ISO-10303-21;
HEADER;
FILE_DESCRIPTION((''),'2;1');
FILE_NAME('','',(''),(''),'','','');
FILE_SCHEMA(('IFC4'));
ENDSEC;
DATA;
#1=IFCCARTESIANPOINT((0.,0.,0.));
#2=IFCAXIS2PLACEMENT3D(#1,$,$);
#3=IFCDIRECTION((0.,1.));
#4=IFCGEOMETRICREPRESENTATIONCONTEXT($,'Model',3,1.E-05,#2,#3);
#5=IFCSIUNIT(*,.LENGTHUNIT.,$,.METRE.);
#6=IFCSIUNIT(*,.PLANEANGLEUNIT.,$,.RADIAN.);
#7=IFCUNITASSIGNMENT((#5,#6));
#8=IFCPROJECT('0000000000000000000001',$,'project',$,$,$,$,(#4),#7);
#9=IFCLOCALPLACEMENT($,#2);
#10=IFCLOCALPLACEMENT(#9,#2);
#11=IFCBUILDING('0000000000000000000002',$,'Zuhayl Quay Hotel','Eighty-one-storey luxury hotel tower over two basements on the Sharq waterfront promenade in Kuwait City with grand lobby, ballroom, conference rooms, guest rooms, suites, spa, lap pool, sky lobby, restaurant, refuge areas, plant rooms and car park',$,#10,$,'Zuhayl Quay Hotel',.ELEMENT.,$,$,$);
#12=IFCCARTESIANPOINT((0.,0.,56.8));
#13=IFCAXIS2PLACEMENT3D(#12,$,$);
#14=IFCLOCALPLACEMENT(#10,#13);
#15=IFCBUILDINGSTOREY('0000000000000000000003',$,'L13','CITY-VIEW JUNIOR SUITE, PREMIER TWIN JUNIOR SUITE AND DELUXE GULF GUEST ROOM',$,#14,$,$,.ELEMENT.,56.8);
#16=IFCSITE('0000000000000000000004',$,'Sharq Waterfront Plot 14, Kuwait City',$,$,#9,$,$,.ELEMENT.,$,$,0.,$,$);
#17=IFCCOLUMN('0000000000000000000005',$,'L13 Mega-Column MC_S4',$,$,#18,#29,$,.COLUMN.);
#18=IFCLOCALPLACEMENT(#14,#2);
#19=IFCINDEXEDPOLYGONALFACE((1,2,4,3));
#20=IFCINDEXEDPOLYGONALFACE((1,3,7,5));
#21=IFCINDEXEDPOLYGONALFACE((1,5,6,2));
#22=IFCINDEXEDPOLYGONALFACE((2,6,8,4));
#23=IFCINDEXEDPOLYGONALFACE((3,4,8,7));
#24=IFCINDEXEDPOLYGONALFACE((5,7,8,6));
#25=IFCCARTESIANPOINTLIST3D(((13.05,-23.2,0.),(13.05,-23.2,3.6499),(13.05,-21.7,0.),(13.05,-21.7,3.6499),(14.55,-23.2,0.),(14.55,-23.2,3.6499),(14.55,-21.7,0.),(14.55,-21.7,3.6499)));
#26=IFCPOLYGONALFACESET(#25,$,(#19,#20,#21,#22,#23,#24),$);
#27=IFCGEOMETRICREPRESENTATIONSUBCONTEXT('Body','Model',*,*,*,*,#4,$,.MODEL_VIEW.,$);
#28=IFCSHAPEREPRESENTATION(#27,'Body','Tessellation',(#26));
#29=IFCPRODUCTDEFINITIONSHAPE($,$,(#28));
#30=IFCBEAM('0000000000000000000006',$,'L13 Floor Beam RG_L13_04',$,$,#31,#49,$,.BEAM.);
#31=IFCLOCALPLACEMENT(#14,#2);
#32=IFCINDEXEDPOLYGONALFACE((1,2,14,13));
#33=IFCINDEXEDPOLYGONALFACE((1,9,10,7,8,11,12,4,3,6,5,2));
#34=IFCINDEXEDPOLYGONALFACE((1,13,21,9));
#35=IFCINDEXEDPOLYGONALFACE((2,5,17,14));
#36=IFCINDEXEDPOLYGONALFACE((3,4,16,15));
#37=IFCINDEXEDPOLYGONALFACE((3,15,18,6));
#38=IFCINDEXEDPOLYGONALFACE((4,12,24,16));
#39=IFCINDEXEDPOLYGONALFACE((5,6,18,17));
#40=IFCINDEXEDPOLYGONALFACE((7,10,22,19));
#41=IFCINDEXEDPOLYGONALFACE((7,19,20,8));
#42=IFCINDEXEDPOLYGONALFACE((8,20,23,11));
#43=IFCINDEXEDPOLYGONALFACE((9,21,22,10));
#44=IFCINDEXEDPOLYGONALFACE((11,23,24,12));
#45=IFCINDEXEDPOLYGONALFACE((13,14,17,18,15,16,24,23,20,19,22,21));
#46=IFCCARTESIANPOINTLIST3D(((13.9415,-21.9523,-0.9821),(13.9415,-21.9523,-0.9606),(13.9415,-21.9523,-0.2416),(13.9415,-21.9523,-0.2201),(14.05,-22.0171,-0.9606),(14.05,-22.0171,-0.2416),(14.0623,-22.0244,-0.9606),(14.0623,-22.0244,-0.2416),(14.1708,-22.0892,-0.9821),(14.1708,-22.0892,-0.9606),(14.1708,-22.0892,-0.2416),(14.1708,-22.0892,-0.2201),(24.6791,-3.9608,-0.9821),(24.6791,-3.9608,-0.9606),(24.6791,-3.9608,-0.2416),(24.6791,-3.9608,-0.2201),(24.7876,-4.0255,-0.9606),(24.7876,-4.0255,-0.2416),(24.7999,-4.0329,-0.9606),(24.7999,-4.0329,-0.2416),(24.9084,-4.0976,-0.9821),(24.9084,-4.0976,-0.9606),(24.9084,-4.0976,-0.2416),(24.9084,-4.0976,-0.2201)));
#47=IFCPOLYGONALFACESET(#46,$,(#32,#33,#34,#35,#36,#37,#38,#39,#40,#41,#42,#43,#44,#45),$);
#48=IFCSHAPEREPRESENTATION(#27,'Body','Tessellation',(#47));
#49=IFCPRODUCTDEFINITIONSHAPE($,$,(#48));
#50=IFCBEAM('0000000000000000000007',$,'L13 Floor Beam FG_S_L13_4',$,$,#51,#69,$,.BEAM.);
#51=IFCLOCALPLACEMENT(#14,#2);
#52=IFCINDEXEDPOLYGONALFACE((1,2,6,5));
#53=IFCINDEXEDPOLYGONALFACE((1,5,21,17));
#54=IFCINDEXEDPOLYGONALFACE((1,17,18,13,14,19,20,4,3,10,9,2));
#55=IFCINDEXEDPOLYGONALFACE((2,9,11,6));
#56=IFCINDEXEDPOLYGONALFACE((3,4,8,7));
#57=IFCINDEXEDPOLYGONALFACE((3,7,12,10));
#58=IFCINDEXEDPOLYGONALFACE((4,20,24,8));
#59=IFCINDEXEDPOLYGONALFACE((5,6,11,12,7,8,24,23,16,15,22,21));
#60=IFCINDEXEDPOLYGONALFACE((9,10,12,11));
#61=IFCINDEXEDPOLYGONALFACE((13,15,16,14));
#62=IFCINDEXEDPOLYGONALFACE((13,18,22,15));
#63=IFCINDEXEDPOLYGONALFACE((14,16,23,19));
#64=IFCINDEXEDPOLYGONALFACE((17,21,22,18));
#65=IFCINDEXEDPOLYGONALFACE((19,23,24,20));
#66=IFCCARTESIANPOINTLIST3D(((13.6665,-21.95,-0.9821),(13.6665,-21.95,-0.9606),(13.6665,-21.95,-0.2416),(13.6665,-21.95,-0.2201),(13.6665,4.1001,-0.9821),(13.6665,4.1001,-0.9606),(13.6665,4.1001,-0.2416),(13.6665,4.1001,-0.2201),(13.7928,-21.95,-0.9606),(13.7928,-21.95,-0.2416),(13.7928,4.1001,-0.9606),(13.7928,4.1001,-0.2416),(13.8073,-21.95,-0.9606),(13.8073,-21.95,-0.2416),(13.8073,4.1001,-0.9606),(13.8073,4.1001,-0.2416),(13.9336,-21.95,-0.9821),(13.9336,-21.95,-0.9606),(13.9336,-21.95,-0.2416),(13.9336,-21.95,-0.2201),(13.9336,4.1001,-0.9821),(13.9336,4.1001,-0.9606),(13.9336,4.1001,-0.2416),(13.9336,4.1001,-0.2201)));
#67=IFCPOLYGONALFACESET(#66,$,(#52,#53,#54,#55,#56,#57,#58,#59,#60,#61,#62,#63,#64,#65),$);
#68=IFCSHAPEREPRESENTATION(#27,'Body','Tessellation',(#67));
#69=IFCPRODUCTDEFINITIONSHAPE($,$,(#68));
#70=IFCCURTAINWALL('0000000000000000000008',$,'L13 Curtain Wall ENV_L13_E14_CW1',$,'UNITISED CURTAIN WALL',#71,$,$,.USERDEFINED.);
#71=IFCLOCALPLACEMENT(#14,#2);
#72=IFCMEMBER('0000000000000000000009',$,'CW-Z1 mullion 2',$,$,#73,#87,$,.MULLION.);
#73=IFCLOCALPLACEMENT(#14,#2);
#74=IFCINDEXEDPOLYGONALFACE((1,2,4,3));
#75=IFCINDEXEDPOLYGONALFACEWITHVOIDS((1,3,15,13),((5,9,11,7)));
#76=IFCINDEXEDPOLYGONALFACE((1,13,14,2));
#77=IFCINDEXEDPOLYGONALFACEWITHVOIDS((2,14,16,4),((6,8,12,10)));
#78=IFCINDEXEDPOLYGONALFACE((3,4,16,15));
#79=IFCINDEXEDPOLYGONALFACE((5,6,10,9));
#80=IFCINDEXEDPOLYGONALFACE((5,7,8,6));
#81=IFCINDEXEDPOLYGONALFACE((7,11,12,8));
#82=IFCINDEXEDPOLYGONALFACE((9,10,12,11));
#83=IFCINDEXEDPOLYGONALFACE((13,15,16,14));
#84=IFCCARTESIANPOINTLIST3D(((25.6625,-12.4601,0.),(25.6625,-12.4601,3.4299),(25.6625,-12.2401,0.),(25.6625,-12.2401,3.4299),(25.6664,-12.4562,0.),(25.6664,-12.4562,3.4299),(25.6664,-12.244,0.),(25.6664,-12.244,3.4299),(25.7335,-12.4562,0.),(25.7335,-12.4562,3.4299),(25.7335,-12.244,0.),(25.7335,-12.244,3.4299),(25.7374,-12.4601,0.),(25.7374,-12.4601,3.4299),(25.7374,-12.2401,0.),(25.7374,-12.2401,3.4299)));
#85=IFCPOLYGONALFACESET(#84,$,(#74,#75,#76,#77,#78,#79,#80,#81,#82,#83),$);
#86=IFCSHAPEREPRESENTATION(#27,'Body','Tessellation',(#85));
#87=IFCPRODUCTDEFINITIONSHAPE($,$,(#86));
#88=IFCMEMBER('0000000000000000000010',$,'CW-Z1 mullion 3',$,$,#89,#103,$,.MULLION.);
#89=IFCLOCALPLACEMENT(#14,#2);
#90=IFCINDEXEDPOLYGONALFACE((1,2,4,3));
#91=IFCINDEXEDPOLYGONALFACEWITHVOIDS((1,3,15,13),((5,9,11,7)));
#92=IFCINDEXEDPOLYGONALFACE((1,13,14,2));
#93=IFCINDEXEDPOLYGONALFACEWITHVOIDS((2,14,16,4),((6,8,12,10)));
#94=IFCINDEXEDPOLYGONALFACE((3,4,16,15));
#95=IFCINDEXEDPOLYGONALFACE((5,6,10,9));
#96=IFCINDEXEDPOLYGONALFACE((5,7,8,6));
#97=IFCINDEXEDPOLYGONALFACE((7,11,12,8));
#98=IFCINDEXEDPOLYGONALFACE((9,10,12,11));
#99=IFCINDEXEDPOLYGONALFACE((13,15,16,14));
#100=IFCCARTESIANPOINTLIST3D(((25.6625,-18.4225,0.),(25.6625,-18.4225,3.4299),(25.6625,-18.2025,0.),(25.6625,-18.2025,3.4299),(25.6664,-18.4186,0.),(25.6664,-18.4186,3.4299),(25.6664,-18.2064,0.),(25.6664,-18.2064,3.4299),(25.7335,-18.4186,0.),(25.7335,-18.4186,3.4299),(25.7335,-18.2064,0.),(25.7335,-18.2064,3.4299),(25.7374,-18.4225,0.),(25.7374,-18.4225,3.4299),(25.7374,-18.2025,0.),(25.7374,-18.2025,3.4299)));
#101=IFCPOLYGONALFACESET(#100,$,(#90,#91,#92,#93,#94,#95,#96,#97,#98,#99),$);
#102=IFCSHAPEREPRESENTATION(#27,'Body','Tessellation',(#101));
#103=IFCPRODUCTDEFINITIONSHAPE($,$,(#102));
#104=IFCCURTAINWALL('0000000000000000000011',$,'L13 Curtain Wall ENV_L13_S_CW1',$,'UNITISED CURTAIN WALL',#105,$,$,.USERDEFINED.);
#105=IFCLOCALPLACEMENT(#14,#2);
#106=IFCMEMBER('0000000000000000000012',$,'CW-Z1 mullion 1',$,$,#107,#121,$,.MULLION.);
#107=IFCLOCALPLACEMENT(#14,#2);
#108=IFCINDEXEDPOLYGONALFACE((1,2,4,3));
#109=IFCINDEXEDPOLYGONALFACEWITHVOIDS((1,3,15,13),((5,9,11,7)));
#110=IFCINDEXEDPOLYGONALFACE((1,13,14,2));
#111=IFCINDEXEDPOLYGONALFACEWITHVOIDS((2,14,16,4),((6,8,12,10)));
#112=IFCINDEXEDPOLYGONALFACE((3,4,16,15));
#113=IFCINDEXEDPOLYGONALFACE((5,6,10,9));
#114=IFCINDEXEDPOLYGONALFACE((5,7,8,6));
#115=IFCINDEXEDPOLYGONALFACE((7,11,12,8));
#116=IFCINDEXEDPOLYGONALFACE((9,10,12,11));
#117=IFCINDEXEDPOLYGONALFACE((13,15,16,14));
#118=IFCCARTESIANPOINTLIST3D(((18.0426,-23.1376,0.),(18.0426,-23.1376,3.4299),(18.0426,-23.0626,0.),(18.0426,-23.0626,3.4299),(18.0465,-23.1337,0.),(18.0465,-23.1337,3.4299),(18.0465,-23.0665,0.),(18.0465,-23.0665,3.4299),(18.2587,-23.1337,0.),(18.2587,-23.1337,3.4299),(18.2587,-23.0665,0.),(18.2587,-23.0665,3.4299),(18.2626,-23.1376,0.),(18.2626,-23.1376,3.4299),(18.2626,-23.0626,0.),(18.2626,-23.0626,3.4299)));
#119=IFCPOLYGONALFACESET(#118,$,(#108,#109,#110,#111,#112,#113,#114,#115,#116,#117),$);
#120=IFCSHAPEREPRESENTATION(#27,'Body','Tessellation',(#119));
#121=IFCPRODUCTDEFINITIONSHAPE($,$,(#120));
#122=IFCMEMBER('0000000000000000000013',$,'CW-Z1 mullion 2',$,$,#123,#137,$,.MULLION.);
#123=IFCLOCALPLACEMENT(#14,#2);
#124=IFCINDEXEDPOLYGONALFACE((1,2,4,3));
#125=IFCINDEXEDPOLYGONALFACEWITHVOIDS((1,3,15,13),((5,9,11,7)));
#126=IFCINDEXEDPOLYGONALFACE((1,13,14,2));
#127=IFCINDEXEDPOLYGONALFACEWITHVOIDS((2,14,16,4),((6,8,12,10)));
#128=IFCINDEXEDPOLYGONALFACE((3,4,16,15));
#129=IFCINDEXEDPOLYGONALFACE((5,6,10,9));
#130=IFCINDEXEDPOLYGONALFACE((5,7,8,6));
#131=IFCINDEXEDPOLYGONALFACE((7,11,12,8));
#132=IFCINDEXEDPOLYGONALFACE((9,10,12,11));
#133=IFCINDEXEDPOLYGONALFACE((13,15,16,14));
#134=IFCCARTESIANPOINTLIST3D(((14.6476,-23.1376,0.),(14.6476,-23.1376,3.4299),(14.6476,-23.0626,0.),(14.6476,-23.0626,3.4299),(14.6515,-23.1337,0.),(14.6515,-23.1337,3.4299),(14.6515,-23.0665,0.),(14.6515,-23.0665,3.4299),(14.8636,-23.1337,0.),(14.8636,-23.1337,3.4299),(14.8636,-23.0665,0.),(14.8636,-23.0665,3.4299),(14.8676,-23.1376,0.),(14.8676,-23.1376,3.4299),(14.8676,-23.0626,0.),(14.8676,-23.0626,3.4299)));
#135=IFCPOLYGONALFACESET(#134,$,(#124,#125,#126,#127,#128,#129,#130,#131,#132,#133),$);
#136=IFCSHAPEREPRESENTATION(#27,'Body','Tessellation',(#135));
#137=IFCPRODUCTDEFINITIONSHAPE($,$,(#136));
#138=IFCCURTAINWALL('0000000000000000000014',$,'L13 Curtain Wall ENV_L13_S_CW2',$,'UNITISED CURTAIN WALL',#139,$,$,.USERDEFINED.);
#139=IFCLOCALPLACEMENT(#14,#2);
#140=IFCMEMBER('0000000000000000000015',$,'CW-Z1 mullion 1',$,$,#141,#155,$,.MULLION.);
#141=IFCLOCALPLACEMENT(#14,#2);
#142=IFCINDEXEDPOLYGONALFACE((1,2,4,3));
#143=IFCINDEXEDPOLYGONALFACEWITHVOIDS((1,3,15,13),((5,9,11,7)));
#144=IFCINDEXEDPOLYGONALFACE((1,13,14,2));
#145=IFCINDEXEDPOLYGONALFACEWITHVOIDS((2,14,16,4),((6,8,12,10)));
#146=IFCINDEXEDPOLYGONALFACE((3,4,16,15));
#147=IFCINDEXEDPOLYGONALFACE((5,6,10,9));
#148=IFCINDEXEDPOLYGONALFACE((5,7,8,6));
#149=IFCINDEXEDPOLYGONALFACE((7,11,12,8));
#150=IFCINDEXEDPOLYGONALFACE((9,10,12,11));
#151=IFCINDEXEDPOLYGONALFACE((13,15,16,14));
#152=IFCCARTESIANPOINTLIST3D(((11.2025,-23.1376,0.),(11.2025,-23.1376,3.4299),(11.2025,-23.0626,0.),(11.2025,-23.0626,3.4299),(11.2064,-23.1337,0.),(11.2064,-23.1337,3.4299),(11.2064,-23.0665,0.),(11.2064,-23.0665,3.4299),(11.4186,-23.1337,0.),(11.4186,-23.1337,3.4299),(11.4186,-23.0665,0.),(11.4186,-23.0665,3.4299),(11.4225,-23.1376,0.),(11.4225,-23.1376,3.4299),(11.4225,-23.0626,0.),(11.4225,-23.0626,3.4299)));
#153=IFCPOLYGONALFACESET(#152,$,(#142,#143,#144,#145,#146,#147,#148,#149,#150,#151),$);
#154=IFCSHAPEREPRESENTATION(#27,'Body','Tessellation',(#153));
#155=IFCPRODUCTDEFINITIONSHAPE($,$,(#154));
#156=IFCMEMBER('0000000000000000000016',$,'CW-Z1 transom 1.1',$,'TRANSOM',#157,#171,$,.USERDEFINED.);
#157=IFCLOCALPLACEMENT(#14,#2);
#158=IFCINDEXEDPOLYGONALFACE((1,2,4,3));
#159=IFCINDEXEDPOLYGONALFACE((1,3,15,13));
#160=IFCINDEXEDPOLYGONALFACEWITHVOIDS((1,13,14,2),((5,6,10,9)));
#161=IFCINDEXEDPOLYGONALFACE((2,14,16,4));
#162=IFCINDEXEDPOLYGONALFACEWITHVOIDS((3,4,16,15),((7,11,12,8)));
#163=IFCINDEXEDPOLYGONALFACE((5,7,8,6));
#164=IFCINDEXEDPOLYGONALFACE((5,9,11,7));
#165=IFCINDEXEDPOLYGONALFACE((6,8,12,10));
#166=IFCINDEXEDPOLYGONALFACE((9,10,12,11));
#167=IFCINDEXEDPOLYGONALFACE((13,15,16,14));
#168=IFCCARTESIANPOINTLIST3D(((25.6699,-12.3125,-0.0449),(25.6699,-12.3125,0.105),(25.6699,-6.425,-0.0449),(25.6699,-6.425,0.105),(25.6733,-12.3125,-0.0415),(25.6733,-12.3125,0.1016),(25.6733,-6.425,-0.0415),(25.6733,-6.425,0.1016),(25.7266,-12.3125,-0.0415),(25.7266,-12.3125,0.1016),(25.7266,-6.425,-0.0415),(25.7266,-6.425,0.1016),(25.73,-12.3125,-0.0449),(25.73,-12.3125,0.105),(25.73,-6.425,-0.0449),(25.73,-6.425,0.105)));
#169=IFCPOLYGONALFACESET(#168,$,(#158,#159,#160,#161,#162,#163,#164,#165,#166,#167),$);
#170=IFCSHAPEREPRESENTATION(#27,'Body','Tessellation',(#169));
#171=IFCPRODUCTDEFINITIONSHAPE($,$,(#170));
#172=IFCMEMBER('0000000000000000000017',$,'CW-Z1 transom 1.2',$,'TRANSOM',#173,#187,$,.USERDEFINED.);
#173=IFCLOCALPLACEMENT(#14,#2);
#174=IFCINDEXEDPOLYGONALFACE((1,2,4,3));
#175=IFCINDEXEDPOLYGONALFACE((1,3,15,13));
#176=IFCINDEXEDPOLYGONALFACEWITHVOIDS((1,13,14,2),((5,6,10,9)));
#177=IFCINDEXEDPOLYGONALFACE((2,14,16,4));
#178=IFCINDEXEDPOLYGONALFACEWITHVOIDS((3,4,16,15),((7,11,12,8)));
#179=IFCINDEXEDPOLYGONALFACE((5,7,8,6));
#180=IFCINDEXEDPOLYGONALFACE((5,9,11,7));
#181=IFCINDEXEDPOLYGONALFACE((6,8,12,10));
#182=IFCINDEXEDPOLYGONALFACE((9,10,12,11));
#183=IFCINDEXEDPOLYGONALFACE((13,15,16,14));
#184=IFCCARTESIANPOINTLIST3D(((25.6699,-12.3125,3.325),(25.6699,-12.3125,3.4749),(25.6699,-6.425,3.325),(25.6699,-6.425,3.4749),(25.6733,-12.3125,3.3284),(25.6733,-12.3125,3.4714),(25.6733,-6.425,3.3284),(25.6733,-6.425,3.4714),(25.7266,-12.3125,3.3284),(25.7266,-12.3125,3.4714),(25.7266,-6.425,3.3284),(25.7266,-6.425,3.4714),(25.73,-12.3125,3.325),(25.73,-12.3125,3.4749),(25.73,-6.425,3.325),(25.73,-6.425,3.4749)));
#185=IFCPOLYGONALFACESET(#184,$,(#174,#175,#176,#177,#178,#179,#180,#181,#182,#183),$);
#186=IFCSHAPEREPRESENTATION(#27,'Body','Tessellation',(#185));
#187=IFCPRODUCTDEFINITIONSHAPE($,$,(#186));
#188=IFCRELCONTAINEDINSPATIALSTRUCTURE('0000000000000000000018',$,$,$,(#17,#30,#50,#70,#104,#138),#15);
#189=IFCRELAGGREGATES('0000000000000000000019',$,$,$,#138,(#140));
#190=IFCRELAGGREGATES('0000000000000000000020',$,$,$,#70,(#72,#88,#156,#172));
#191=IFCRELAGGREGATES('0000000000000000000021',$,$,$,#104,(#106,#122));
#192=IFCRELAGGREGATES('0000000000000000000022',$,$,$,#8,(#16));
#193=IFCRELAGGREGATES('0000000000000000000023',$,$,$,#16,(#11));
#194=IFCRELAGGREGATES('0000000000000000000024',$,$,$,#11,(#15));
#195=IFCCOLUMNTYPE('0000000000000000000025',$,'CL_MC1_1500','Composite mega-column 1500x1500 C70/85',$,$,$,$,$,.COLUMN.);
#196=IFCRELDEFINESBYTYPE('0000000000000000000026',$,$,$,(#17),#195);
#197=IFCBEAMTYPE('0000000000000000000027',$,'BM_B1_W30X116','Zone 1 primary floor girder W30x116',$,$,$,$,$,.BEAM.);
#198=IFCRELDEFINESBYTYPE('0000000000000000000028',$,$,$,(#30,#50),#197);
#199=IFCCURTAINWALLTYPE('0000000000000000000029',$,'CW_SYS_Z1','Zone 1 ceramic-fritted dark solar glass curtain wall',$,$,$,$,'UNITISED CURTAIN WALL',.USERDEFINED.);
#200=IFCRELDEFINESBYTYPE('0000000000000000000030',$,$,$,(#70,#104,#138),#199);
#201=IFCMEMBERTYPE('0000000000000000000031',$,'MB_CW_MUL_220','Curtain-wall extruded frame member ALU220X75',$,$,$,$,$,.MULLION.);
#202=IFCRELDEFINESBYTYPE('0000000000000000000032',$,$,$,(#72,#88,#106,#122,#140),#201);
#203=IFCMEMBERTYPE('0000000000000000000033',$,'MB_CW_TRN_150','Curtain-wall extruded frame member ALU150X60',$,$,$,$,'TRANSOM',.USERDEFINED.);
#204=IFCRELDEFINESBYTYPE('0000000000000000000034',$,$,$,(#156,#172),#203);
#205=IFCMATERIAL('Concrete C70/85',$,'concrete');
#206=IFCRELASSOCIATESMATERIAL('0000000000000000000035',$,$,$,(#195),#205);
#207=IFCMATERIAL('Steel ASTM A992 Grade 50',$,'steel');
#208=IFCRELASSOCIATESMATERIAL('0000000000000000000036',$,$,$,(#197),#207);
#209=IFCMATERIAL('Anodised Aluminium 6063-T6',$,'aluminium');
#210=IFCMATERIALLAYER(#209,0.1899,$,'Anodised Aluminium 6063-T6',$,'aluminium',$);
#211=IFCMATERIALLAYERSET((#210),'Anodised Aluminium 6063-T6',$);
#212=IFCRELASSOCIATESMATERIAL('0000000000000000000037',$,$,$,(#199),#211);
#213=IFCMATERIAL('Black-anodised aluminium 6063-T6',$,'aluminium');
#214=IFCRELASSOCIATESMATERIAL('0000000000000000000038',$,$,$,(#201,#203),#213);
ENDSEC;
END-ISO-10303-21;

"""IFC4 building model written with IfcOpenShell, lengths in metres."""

from ifc_helpers import new_model, si_unit, direction, frame, origin, origin_2d, place, context, subcontext, project, spatial, rectangle, hollow_rectangle, i_section, extrude, material, layer, layer_set, material_profile, profile_set, type_object, element, aggregate, save


model = new_model("IFC4")

# Units and contexts
model_context = context("Model", 3, precision=1e-05, world=origin(), true_north=direction((0.0, 1.0)))
body_context = subcontext(model_context, "Body", "Model", "MODEL_VIEW")
ifc_project = project(units=[si_unit("LENGTHUNIT", "METRE"), si_unit("PLANEANGLEUNIT", "RADIAN")], contexts=[model_context])

# Site, building, storey
site_placement = place(None, origin())
site = spatial("IfcSite", under=ifc_project, at=site_placement, Name="Sharq Waterfront Plot 14, Kuwait City", CompositionType="ELEMENT", RefElevation=0.0)
building_placement = place(site_placement, origin())
building = spatial("IfcBuilding", under=site, at=building_placement, Name="Zuhayl Quay Hotel", Description="Eighty-one-storey luxury hotel tower over two basements on the Sharq waterfront promenade in Kuwait City with grand lobby, ballroom, conference rooms, guest rooms, suites, spa, lap pool, sky lobby, restaurant, refuge areas, plant rooms and car park", LongName="Zuhayl Quay Hotel", CompositionType="ELEMENT")
storey_placement = place(building_placement, frame((0.0, 0.0, 56.8)))
storey = spatial("IfcBuildingStorey", under=building, at=storey_placement, Name="L13", Description="CITY-VIEW JUNIOR SUITE, PREMIER TWIN JUNIOR SUITE AND DELUXE GULF GUEST ROOM", CompositionType="ELEMENT", Elevation=56.8)

# Column
ifc_material_1 = material(Name="Concrete C70/85", Category="concrete")
ifc_material_profile_1 = material_profile(ifc_material_1, rectangle(XDim=1.5, YDim=1.5, at=origin_2d()), Name="RC1500X1500")
ifc_profile_set_1 = profile_set([ifc_material_profile_1], Name="Concrete C70/85")
column_type = type_object("IfcColumnType", Name="CL_MC1_1500", Description="Composite mega-column 1500x1500 C70/85", PredefinedType="COLUMN", material=ifc_profile_set_1)
column_placement = place(storey_placement, frame((13.8, -22.45, 0.0), z_axis=(0.0, 0.0, 1.0), x_axis=(1.0, 0.0, 0.0)))
element("IfcColumn", 1, at=column_placement, inside=storey, type_object=column_type, Name="L13 Mega-Column MC_S4", PredefinedType="COLUMN", context=body_context, shape_type="SweptSolid", body=[
    extrude(rectangle(XDim=1.5, YDim=1.5, at=origin_2d()), origin(), (0.0, 0.0, 1.0), 3.6499),
])

# Beams
ifc_material_2 = material(Name="Steel ASTM A992 Grade 50", Category="steel")
ifc_material_profile_2 = material_profile(ifc_material_2, i_section(OverallWidth=0.2671, OverallDepth=0.762, WebThickness=0.0144, FlangeThickness=0.0215, at=origin_2d()), Name="W30X116")
ifc_profile_set_2 = profile_set([ifc_material_profile_2], Name="Steel ASTM A992 Grade 50")
beam_type = type_object("IfcBeamType", Name="BM_B1_W30X116", Description="Zone 1 primary floor girder W30x116", PredefinedType="BEAM", material=ifc_profile_set_2)
beam_1_placement = place(storey_placement, frame((14.0562, -22.0208, -0.6011), z_axis=(0.512483, 0.858698, 0.0), x_axis=(-0.858698, 0.512483, 0.0)))
element("IfcBeam", 2, at=beam_1_placement, inside=storey, type_object=beam_type, Name="L13 Floor Beam RG_L13_04", PredefinedType="BEAM", context=body_context, shape_type="SweptSolid", body=[
    extrude(i_section(OverallWidth=0.2671, OverallDepth=0.762, WebThickness=0.0144, FlangeThickness=0.0215, at=origin_2d()), origin(), (0.0, 0.0, 1.0), 20.9521),
])
beam_2_placement = place(storey_placement, frame((13.8, -21.95, -0.6011), z_axis=(0.0, 1.0, 0.0), x_axis=(-1.0, 0.0, 0.0)))
element("IfcBeam", 3, at=beam_2_placement, inside=storey, type_object=beam_type, Name="L13 Floor Beam FG_S_L13_4", PredefinedType="BEAM", context=body_context, shape_type="SweptSolid", body=[
    extrude(i_section(OverallWidth=0.2671, OverallDepth=0.762, WebThickness=0.0144, FlangeThickness=0.0215, at=origin_2d()), origin(), (0.0, 0.0, 1.0), 26.05),
])

# Curtain walls, members
ifc_material_3 = material(Name="Anodised Aluminium 6063-T6", Category="aluminium")
ifc_layer_1 = layer(ifc_material_3, 0.1899, Name="Anodised Aluminium 6063-T6", Category="aluminium")
ifc_layer_set_1 = layer_set([ifc_layer_1], Name="Anodised Aluminium 6063-T6")
curtain_wall_type = type_object("IfcCurtainWallType", Name="CW_SYS_Z1", Description="Zone 1 ceramic-fritted dark solar glass curtain wall", ElementType="UNITISED CURTAIN WALL", PredefinedType="USERDEFINED", material=ifc_layer_set_1)
curtain_wall_1_placement = place(storey_placement, origin())
curtain_wall_1 = element("IfcCurtainWall", 4, at=curtain_wall_1_placement, inside=storey, type_object=curtain_wall_type, Name="L13 Curtain Wall ENV_L13_E14_CW1", ObjectType="UNITISED CURTAIN WALL", PredefinedType="USERDEFINED")
ifc_material_4 = material(Name="Black-anodised aluminium 6063-T6", Category="aluminium")
ifc_material_profile_3 = material_profile(ifc_material_4, hollow_rectangle(XDim=0.075, YDim=0.22, WallThickness=0.0039, at=origin_2d()), Name="ALU220X75")
ifc_profile_set_3 = profile_set([ifc_material_profile_3], Name="Black-anodised aluminium 6063-T6")
member_type_1 = type_object("IfcMemberType", Name="MB_CW_MUL_220", Description="Curtain-wall extruded frame member ALU220X75", PredefinedType="MULLION", material=ifc_profile_set_3)
member_1_placement = place(storey_placement, frame((25.7, -12.3501, 0.0), z_axis=(0.0, 0.0, 1.0), x_axis=(1.0, 0.0, 0.0)))
member_1 = element("IfcMember", 5, at=member_1_placement, type_object=member_type_1, Name="CW-Z1 mullion 2", PredefinedType="MULLION", context=body_context, shape_type="SweptSolid", body=[
    extrude(hollow_rectangle(XDim=0.075, YDim=0.22, WallThickness=0.0039, at=origin_2d()), origin(), (0.0, 0.0, 1.0), 3.4299),
])
member_2_placement = place(storey_placement, frame((25.7, -18.3125, 0.0), z_axis=(0.0, 0.0, 1.0), x_axis=(1.0, 0.0, 0.0)))
member_2 = element("IfcMember", 6, at=member_2_placement, type_object=member_type_1, Name="CW-Z1 mullion 3", PredefinedType="MULLION", context=body_context, shape_type="SweptSolid", body=[
    extrude(hollow_rectangle(XDim=0.075, YDim=0.22, WallThickness=0.0039, at=origin_2d()), origin(), (0.0, 0.0, 1.0), 3.4299),
])
curtain_wall_2_placement = place(storey_placement, origin())
curtain_wall_2 = element("IfcCurtainWall", 7, at=curtain_wall_2_placement, inside=storey, type_object=curtain_wall_type, Name="L13 Curtain Wall ENV_L13_S_CW1", ObjectType="UNITISED CURTAIN WALL", PredefinedType="USERDEFINED")
member_3_placement = place(storey_placement, frame((18.1526, -23.1001, 0.0), z_axis=(0.0, 0.0, 1.0), x_axis=(0.0, -1.0, 0.0)))
member_3 = element("IfcMember", 8, at=member_3_placement, type_object=member_type_1, Name="CW-Z1 mullion 1", PredefinedType="MULLION", context=body_context, shape_type="SweptSolid", body=[
    extrude(hollow_rectangle(XDim=0.075, YDim=0.22, WallThickness=0.0039, at=origin_2d()), origin(), (0.0, 0.0, 1.0), 3.4299),
])
member_4_placement = place(storey_placement, frame((14.7576, -23.1001, 0.0), z_axis=(0.0, 0.0, 1.0), x_axis=(0.0, -1.0, 0.0)))
member_4 = element("IfcMember", 9, at=member_4_placement, type_object=member_type_1, Name="CW-Z1 mullion 2", PredefinedType="MULLION", context=body_context, shape_type="SweptSolid", body=[
    extrude(hollow_rectangle(XDim=0.075, YDim=0.22, WallThickness=0.0039, at=origin_2d()), origin(), (0.0, 0.0, 1.0), 3.4299),
])

# Curtain wall, member
curtain_wall_3_placement = place(storey_placement, origin())
curtain_wall_3 = element("IfcCurtainWall", 10, at=curtain_wall_3_placement, inside=storey, type_object=curtain_wall_type, Name="L13 Curtain Wall ENV_L13_S_CW2", ObjectType="UNITISED CURTAIN WALL", PredefinedType="USERDEFINED")
member_5_placement = place(storey_placement, frame((11.3125, -23.1001, 0.0), z_axis=(0.0, 0.0, 1.0), x_axis=(0.0, -1.0, 0.0)))
member_5 = element("IfcMember", 11, at=member_5_placement, type_object=member_type_1, Name="CW-Z1 mullion 1", PredefinedType="MULLION", context=body_context, shape_type="SweptSolid", body=[
    extrude(hollow_rectangle(XDim=0.075, YDim=0.22, WallThickness=0.0039, at=origin_2d()), origin(), (0.0, 0.0, 1.0), 3.4299),
])

# Members
ifc_material_profile_4 = material_profile(ifc_material_4, hollow_rectangle(XDim=0.0601, YDim=0.1499, WallThickness=0.0034, at=origin_2d()), Name="ALU150X60")
ifc_profile_set_4 = profile_set([ifc_material_profile_4], Name="Black-anodised aluminium 6063-T6")
member_type_2 = type_object("IfcMemberType", Name="MB_CW_TRN_150", Description="Curtain-wall extruded frame member ALU150X60", ElementType="TRANSOM", PredefinedType="USERDEFINED", material=ifc_profile_set_4)
member_6_placement = place(storey_placement, frame((25.7, -6.425, 0.03), z_axis=(0.0, -1.0, 0.0), x_axis=(1.0, 0.0, 0.0)))
member_6 = element("IfcMember", 12, at=member_6_placement, type_object=member_type_2, Name="CW-Z1 transom 1.1", ObjectType="TRANSOM", PredefinedType="USERDEFINED", context=body_context, shape_type="SweptSolid", body=[
    extrude(hollow_rectangle(XDim=0.0601, YDim=0.1499, WallThickness=0.0034, at=origin_2d()), origin(), (0.0, 0.0, 1.0), 5.8875),
])
member_7_placement = place(storey_placement, frame((25.7, -6.425, 3.3999), z_axis=(0.0, -1.0, 0.0), x_axis=(1.0, 0.0, 0.0)))
member_7 = element("IfcMember", 13, at=member_7_placement, type_object=member_type_2, Name="CW-Z1 transom 1.2", ObjectType="TRANSOM", PredefinedType="USERDEFINED", context=body_context, shape_type="SweptSolid", body=[
    extrude(hollow_rectangle(XDim=0.0601, YDim=0.1499, WallThickness=0.0034, at=origin_2d()), origin(), (0.0, 0.0, 1.0), 5.8875),
])
aggregate(curtain_wall_3, [member_5])

aggregate(curtain_wall_1, [member_1, member_2, member_6, member_7])
aggregate(curtain_wall_2, [member_3, member_4])

save(model, "model.ifc")
